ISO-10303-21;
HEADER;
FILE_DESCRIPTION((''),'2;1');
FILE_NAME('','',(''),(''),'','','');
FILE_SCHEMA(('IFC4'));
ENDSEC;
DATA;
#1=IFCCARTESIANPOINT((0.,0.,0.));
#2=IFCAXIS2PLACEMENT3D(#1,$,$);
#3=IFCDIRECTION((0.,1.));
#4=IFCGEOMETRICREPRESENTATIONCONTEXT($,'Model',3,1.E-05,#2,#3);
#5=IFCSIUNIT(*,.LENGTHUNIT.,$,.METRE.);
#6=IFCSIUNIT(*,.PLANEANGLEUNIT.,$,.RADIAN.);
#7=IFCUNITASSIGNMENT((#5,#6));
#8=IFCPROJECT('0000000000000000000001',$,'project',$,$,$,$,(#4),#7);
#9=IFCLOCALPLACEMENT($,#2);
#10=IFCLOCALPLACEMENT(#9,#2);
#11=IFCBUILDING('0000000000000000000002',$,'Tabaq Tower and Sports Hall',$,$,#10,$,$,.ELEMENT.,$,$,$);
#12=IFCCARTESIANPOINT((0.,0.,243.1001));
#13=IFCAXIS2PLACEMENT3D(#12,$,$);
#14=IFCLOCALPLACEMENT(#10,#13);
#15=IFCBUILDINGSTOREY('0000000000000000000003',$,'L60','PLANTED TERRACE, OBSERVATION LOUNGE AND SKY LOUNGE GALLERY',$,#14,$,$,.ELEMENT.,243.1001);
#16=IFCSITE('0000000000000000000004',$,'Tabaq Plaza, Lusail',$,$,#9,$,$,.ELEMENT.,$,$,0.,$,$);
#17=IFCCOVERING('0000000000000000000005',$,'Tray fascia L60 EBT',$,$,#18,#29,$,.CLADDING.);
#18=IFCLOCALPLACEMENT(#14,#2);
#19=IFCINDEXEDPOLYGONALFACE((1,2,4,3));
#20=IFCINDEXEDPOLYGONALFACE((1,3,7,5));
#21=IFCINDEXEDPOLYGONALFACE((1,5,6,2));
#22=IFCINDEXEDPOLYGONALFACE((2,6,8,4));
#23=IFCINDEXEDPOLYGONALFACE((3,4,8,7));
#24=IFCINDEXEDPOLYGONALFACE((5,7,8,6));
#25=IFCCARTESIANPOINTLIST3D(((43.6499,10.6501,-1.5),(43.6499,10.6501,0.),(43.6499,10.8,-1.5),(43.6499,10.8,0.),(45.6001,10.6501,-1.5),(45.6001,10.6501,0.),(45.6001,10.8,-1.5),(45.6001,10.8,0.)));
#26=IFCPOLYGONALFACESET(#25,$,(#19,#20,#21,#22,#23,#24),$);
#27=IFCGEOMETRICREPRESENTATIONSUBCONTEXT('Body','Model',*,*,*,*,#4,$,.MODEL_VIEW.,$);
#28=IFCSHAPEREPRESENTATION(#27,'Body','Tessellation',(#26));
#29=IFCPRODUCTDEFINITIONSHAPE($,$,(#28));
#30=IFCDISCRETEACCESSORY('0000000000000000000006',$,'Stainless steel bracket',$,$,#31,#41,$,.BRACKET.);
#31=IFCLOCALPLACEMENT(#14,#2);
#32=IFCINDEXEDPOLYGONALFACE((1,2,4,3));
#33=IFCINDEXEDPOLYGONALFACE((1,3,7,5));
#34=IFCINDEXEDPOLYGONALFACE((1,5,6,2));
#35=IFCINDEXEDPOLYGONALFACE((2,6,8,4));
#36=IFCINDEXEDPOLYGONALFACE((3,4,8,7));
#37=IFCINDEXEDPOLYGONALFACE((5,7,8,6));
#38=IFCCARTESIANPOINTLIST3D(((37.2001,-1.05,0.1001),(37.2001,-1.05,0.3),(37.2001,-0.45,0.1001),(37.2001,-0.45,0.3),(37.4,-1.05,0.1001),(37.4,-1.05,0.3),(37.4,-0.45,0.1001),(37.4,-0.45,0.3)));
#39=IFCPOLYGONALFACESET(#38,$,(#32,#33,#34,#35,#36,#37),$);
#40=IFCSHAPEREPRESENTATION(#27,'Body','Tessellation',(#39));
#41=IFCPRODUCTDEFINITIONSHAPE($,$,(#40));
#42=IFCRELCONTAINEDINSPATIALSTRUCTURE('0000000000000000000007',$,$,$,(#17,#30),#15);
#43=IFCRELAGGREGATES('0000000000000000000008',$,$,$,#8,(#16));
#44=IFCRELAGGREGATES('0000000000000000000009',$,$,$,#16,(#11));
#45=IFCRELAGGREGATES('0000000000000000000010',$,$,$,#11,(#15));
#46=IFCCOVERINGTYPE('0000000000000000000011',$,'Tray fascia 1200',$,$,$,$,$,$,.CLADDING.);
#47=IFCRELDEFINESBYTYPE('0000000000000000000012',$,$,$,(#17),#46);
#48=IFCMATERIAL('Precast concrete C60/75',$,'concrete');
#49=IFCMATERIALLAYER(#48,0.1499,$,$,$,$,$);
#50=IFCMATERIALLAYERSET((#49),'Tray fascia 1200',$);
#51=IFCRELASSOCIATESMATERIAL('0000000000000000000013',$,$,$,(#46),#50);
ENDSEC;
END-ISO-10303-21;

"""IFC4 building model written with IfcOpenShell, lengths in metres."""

from ifc_helpers import new_model, si_unit, direction, frame, frame_2d, origin, origin_2d, place, context, subcontext, project, spatial, rectangle, extrude, material, layer, layer_set, type_object, element, save


model = new_model("IFC4")

# Units and contexts
model_context = context("Model", 3, precision=1e-05, world=origin(), true_north=direction((0.0, 1.0)))
body_context = subcontext(model_context, "Body", "Model", "MODEL_VIEW")
ifc_project = project(units=[si_unit("LENGTHUNIT", "METRE"), si_unit("PLANEANGLEUNIT", "RADIAN")], contexts=[model_context])

# Site, building, storey
site_placement = place(None, origin())
site = spatial("IfcSite", under=ifc_project, at=site_placement, Name="Tabaq Plaza, Lusail", CompositionType="ELEMENT", RefElevation=0.0)
building_placement = place(site_placement, origin())
building = spatial("IfcBuilding", under=site, at=building_placement, Name="Tabaq Tower and Sports Hall", CompositionType="ELEMENT")
storey_placement = place(building_placement, frame((0.0, 0.0, 243.1001)))
storey = spatial("IfcBuildingStorey", under=building, at=storey_placement, Name="L60", Description="PLANTED TERRACE, OBSERVATION LOUNGE AND SKY LOUNGE GALLERY", CompositionType="ELEMENT", Elevation=243.1001)

# Covering
ifc_material_1 = material(Name="Precast concrete C60/75", Category="concrete")
ifc_layer_1 = layer(ifc_material_1, 0.1499)
ifc_layer_set_1 = layer_set([ifc_layer_1], Name="Tray fascia 1200")
covering_type_1 = type_object("IfcCoveringType", Name="Tray fascia 1200", PredefinedType="CLADDING", material=ifc_layer_set_1)
covering_placement = place(storey_placement, frame((43.6499, 10.7251, -1.5), z_axis=(0.0, 0.0, 1.0), x_axis=(1.0, 0.0, 0.0)))
element("IfcCovering", 1, at=covering_placement, inside=storey, type_object=covering_type_1, Name="Tray fascia L60 EBT", PredefinedType="CLADDING", context=body_context, shape_type="SweptSolid", body=[
    extrude(rectangle(XDim=1.9502, YDim=0.1499, at=frame_2d((0.9751, 0.0))), origin(), (0.0, 0.0, 1.0), 1.5),
])

# Discrete accessory
discrete_accessory_placement = place(storey_placement, frame((37.3, -0.75, 0.1001), z_axis=(0.0, 0.0, 1.0), x_axis=(0.0, -1.0, 0.0)))
element("IfcDiscreteAccessory", 2, at=discrete_accessory_placement, inside=storey, Name="Stainless steel bracket", PredefinedType="BRACKET", context=body_context, shape_type="SweptSolid", body=[
    extrude(rectangle(XDim=0.6001, YDim=0.2, at=origin_2d()), origin(), (0.0, 0.0, 1.0), 0.2),
])

save(model, "model.ifc")
